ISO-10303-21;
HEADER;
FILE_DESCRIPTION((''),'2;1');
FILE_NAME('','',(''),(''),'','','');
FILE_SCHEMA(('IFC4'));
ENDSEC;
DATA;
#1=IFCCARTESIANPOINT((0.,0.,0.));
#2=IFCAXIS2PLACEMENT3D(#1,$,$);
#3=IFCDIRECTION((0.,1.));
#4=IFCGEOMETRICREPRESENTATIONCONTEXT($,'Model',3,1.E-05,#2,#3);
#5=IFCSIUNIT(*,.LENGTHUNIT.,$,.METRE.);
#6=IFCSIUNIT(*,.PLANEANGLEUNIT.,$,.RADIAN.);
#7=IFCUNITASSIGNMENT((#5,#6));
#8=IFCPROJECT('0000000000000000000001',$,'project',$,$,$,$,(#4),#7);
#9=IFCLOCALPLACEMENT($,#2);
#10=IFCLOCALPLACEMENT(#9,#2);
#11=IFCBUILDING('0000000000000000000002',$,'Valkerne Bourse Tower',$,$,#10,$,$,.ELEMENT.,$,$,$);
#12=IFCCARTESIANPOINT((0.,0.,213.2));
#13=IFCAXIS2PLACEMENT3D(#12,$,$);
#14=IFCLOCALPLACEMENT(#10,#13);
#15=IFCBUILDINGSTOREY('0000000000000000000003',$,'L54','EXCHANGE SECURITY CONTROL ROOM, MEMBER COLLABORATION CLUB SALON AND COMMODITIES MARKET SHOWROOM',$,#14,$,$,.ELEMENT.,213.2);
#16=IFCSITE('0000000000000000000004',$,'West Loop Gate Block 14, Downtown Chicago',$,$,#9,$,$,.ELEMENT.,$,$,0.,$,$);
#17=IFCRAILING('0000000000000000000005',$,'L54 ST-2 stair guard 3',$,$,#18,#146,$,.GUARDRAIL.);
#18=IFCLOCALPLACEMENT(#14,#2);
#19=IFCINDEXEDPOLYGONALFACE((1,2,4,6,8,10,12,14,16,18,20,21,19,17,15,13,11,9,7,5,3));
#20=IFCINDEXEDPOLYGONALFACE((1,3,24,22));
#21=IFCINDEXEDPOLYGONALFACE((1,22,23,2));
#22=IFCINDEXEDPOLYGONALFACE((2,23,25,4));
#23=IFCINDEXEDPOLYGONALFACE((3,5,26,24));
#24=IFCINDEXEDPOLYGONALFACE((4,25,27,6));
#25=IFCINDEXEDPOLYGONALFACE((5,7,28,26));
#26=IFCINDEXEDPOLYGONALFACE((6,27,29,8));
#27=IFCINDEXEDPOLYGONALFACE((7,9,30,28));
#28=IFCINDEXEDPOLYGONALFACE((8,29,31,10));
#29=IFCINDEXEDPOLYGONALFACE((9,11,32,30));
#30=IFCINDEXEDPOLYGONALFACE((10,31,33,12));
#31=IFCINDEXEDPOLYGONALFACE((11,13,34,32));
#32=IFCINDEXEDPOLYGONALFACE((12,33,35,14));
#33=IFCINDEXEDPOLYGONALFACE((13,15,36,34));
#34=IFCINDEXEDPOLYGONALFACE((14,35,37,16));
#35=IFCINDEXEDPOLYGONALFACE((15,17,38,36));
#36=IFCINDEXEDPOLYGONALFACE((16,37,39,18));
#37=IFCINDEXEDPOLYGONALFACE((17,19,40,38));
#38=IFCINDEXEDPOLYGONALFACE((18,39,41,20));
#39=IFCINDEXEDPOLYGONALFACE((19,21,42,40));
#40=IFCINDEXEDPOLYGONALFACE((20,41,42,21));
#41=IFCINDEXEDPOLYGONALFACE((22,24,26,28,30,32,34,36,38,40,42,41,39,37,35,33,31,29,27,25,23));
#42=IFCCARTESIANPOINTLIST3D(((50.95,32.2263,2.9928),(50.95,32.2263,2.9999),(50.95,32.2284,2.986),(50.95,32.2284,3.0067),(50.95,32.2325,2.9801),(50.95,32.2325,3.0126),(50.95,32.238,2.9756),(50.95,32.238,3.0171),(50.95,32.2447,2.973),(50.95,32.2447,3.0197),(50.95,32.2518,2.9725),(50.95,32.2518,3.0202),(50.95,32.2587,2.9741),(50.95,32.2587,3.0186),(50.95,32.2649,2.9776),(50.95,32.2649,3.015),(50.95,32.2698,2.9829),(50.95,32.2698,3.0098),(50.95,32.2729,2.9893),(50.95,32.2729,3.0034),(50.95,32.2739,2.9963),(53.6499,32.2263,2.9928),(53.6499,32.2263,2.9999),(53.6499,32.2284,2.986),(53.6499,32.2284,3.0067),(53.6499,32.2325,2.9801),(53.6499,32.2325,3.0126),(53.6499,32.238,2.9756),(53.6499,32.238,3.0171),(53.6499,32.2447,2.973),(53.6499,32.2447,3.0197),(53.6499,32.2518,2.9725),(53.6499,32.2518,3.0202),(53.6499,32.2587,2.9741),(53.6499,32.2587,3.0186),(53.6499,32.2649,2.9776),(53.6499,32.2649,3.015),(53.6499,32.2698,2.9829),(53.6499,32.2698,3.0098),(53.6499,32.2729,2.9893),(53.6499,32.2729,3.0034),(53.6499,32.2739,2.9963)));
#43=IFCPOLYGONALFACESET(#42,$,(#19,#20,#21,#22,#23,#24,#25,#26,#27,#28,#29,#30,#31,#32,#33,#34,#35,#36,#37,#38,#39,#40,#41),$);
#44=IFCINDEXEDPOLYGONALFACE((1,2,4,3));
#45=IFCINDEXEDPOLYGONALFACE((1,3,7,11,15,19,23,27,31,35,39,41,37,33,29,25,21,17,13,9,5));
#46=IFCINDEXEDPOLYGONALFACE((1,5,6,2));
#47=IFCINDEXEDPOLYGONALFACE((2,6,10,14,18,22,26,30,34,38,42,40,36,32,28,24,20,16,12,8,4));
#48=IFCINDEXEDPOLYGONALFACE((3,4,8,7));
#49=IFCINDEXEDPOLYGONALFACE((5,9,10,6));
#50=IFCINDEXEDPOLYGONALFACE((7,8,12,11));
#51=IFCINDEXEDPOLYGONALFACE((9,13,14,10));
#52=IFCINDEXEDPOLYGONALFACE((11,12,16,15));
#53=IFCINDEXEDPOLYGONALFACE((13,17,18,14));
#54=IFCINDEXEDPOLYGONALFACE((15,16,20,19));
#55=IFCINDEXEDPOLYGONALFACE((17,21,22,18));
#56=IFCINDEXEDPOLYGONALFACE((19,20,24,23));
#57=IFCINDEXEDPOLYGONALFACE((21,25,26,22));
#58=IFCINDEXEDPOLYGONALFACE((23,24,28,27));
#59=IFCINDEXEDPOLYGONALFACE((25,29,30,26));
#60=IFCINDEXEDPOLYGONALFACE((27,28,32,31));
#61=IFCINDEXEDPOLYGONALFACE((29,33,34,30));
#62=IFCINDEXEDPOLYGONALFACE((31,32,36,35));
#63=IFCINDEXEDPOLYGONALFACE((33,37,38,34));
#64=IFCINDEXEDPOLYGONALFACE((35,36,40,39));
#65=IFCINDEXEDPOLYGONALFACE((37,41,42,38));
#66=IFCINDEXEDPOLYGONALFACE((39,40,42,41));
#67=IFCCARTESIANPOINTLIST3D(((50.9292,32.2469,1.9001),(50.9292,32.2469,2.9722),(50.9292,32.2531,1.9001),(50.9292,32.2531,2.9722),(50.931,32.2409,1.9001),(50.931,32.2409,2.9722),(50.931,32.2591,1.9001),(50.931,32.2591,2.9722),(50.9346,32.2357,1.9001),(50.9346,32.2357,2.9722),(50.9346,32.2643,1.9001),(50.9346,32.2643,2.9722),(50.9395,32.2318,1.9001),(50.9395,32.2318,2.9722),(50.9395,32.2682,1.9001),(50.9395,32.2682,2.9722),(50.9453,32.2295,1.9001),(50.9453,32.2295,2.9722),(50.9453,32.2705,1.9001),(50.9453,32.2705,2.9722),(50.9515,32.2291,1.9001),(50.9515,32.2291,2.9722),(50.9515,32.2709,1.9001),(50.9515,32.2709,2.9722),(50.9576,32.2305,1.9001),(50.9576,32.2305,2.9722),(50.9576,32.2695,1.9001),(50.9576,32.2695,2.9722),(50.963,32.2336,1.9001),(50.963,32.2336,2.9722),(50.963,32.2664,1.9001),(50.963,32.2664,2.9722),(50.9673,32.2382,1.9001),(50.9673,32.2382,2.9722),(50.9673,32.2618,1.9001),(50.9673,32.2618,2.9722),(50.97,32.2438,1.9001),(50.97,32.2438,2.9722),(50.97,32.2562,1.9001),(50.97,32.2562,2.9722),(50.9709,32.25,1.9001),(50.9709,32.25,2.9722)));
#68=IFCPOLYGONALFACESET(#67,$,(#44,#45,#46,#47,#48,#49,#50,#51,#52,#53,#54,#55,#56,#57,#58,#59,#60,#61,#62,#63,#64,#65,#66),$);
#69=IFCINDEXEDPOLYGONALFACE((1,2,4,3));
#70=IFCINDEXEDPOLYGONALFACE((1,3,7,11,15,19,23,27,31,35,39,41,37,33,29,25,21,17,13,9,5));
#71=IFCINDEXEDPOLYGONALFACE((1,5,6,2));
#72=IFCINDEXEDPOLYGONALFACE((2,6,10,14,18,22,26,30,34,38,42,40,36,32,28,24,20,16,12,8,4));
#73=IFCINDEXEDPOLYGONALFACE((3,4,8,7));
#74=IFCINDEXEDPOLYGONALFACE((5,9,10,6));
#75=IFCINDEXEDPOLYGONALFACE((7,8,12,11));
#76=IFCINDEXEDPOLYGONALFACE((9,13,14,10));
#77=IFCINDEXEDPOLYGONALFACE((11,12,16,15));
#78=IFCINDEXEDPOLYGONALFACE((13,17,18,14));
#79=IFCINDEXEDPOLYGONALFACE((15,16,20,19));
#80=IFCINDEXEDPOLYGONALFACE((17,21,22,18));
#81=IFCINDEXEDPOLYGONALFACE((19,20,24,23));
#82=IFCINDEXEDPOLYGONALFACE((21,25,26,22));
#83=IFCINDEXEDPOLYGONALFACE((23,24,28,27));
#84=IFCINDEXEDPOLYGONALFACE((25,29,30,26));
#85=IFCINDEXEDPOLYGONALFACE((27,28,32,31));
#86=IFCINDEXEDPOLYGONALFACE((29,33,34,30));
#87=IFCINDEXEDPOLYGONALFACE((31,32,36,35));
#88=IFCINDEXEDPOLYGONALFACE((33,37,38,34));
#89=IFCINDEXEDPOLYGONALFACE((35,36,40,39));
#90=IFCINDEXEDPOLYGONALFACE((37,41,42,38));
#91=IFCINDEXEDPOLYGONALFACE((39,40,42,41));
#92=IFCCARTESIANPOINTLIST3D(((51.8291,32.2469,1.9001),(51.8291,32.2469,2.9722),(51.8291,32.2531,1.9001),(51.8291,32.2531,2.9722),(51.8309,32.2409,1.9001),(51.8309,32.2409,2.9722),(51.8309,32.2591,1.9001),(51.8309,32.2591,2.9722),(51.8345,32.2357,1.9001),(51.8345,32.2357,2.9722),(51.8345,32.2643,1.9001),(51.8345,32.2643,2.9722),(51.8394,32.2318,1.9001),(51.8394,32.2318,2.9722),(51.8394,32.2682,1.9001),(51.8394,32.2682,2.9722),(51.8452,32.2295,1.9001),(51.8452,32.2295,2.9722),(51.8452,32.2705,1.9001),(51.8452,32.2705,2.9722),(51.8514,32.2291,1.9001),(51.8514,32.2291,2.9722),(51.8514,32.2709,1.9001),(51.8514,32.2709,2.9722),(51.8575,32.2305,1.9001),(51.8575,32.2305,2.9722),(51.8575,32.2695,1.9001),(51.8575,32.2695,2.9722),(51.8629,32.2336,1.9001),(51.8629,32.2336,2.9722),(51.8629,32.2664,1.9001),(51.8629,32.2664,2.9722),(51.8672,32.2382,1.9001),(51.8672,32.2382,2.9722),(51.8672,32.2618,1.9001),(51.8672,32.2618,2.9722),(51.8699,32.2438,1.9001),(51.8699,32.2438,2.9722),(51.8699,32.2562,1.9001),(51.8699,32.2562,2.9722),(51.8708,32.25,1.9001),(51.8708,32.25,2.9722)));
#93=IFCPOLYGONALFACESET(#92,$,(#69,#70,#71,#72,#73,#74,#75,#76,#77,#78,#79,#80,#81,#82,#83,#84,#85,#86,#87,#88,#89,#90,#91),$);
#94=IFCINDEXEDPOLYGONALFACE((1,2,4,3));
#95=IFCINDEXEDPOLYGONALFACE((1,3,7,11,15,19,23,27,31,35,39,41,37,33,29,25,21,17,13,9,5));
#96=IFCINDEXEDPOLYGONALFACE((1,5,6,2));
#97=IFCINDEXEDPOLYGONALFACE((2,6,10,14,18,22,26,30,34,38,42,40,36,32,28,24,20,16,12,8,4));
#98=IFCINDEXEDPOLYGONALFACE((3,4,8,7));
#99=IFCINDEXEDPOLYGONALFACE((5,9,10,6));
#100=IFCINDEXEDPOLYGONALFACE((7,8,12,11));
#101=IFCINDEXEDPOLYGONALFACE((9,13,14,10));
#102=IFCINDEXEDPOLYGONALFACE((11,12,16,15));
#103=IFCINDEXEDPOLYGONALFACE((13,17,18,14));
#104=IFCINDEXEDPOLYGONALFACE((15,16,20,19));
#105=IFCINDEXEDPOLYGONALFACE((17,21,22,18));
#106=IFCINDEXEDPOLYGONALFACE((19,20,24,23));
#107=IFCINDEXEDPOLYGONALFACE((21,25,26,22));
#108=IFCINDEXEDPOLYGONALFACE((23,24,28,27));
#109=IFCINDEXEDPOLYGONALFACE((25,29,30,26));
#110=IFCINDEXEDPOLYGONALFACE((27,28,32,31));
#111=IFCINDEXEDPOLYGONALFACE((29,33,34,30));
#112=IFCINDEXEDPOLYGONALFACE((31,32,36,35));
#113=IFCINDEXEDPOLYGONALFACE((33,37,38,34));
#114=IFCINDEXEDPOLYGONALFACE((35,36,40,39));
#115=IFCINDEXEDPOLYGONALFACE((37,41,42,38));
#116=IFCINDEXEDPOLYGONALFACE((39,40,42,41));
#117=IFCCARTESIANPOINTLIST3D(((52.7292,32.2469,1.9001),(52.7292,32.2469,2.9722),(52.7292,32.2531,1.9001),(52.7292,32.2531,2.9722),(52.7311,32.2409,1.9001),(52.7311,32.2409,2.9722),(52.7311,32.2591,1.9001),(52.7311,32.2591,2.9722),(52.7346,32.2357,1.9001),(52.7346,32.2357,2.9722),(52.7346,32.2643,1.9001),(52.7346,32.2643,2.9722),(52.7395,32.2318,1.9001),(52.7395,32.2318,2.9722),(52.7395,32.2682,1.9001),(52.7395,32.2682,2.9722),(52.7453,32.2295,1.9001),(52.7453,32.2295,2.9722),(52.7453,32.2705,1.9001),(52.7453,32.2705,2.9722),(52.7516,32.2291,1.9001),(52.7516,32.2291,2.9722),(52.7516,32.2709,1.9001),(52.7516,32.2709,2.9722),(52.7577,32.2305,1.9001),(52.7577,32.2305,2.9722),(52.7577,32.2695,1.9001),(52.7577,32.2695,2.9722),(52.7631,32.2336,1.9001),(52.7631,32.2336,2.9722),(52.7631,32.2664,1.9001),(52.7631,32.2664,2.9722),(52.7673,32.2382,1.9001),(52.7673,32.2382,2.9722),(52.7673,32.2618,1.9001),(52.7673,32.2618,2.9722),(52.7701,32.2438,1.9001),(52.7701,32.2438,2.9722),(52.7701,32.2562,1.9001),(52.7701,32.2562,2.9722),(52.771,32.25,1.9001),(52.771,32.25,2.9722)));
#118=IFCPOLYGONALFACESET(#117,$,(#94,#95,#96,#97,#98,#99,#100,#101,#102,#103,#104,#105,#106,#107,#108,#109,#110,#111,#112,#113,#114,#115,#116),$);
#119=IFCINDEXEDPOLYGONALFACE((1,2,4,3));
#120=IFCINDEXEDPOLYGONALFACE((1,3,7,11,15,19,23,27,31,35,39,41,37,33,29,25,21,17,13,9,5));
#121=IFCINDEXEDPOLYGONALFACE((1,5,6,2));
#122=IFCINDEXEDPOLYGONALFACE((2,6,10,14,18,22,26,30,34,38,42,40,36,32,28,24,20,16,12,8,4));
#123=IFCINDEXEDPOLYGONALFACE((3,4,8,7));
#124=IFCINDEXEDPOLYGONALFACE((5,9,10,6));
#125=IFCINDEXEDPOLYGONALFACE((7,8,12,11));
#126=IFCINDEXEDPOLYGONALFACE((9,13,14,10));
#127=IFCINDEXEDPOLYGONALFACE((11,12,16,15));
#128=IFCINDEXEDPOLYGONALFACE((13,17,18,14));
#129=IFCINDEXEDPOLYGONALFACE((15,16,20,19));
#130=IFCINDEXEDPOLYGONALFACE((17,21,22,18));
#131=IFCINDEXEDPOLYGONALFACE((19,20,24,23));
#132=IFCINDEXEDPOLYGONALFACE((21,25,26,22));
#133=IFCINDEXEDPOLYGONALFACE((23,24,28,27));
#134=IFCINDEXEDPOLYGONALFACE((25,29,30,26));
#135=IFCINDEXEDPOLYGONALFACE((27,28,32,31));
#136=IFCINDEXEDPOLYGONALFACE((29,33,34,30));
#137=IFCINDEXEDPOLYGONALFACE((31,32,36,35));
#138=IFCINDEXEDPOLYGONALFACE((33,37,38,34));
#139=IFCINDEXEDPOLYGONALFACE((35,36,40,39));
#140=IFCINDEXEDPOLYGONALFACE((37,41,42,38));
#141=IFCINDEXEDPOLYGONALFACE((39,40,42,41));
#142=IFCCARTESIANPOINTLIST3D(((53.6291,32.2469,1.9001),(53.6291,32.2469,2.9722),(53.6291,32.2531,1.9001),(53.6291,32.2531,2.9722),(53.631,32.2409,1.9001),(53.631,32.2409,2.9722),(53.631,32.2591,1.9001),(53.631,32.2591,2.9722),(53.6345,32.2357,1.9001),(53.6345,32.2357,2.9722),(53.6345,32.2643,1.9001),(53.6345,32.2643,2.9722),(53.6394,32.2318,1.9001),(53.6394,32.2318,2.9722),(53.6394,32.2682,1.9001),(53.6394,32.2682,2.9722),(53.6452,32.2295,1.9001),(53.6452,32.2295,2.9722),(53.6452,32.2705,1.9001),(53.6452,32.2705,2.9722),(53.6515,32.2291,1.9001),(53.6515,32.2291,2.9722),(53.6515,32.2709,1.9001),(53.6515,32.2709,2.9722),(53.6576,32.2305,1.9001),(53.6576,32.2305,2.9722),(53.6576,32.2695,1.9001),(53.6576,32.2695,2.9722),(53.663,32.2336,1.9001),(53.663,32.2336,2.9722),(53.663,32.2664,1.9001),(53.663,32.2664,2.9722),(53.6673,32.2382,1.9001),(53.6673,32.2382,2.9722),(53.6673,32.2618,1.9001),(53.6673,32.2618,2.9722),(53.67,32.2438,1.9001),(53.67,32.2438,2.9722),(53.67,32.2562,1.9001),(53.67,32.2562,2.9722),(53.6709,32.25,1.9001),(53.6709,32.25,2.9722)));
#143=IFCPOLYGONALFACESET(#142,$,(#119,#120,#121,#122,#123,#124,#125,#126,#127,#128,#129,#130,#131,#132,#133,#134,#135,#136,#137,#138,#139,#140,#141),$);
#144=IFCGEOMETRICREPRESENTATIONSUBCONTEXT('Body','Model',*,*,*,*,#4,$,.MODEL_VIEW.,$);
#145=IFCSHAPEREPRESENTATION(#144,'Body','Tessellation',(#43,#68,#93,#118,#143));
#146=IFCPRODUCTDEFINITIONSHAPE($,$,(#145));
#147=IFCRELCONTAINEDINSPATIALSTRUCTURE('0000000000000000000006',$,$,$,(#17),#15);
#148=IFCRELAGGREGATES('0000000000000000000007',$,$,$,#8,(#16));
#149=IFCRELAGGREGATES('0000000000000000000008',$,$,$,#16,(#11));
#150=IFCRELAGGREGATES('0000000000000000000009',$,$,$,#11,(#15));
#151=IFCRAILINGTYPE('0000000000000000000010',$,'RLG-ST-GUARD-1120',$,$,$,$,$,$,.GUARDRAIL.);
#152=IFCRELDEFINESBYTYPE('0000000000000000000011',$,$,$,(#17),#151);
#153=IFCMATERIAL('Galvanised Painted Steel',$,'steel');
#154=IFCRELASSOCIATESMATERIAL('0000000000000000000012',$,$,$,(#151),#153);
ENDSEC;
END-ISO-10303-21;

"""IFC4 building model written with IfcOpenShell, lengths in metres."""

from ifc_helpers import new_model, si_unit, direction, frame, origin, origin_2d, place, context, subcontext, project, spatial, circle, extrude, material, type_object, element, save


model = new_model("IFC4")

# Units and contexts
model_context = context("Model", 3, precision=1e-05, world=origin(), true_north=direction((0.0, 1.0)))
body_context = subcontext(model_context, "Body", "Model", "MODEL_VIEW")
ifc_project = project(units=[si_unit("LENGTHUNIT", "METRE"), si_unit("PLANEANGLEUNIT", "RADIAN")], contexts=[model_context])

# Site, building, storey
site_placement = place(None, origin())
site = spatial("IfcSite", under=ifc_project, at=site_placement, Name="West Loop Gate Block 14, Downtown Chicago", CompositionType="ELEMENT", RefElevation=0.0)
building_placement = place(site_placement, origin())
building = spatial("IfcBuilding", under=site, at=building_placement, Name="Valkerne Bourse Tower", CompositionType="ELEMENT")
storey_placement = place(building_placement, frame((0.0, 0.0, 213.2)))
storey = spatial("IfcBuildingStorey", under=building, at=storey_placement, Name="L54", Description="EXCHANGE SECURITY CONTROL ROOM, MEMBER COLLABORATION CLUB SALON AND COMMODITIES MARKET SHOWROOM", CompositionType="ELEMENT", Elevation=213.2)

# Shared definitions
ifc_material_1 = material(Name="Galvanised Painted Steel", Category="steel")

# Railing
railing_type_1 = type_object("IfcRailingType", Name="RLG-ST-GUARD-1120", PredefinedType="GUARDRAIL", material=ifc_material_1)
for number, where, name in (
    (1, (50.95, 32.25, 1.9001), "L54 ST-2 stair guard 3"),
):
    element("IfcRailing", number, at=place(storey_placement, frame(where)), inside=storey, type_object=railing_type_1, Name=name, PredefinedType="GUARDRAIL", context=body_context, shape_type="SweptSolid", body=[
        extrude(circle(Radius=0.0239, at=origin_2d()), frame((0.0, 0.0, 1.0962), z_axis=(1.0, 0.0, 0.0), x_axis=(0.0, 1.0, 0.0)), (0.0, 0.0, 1.0), 2.7),
        extrude(circle(Radius=0.021, at=origin_2d()), origin(), (0.0, 0.0, 1.0), 1.072),
        extrude(circle(Radius=0.021, at=origin_2d()), frame((0.8999, 0.0, 0.0)), (0.0, 0.0, 1.0), 1.072),
        extrude(circle(Radius=0.021, at=origin_2d()), frame((1.8, 0.0, 0.0)), (0.0, 0.0, 1.0), 1.072),
        extrude(circle(Radius=0.021, at=origin_2d()), frame((2.7, 0.0, 0.0)), (0.0, 0.0, 1.0), 1.072),
    ])

save(model, "model.ifc")
